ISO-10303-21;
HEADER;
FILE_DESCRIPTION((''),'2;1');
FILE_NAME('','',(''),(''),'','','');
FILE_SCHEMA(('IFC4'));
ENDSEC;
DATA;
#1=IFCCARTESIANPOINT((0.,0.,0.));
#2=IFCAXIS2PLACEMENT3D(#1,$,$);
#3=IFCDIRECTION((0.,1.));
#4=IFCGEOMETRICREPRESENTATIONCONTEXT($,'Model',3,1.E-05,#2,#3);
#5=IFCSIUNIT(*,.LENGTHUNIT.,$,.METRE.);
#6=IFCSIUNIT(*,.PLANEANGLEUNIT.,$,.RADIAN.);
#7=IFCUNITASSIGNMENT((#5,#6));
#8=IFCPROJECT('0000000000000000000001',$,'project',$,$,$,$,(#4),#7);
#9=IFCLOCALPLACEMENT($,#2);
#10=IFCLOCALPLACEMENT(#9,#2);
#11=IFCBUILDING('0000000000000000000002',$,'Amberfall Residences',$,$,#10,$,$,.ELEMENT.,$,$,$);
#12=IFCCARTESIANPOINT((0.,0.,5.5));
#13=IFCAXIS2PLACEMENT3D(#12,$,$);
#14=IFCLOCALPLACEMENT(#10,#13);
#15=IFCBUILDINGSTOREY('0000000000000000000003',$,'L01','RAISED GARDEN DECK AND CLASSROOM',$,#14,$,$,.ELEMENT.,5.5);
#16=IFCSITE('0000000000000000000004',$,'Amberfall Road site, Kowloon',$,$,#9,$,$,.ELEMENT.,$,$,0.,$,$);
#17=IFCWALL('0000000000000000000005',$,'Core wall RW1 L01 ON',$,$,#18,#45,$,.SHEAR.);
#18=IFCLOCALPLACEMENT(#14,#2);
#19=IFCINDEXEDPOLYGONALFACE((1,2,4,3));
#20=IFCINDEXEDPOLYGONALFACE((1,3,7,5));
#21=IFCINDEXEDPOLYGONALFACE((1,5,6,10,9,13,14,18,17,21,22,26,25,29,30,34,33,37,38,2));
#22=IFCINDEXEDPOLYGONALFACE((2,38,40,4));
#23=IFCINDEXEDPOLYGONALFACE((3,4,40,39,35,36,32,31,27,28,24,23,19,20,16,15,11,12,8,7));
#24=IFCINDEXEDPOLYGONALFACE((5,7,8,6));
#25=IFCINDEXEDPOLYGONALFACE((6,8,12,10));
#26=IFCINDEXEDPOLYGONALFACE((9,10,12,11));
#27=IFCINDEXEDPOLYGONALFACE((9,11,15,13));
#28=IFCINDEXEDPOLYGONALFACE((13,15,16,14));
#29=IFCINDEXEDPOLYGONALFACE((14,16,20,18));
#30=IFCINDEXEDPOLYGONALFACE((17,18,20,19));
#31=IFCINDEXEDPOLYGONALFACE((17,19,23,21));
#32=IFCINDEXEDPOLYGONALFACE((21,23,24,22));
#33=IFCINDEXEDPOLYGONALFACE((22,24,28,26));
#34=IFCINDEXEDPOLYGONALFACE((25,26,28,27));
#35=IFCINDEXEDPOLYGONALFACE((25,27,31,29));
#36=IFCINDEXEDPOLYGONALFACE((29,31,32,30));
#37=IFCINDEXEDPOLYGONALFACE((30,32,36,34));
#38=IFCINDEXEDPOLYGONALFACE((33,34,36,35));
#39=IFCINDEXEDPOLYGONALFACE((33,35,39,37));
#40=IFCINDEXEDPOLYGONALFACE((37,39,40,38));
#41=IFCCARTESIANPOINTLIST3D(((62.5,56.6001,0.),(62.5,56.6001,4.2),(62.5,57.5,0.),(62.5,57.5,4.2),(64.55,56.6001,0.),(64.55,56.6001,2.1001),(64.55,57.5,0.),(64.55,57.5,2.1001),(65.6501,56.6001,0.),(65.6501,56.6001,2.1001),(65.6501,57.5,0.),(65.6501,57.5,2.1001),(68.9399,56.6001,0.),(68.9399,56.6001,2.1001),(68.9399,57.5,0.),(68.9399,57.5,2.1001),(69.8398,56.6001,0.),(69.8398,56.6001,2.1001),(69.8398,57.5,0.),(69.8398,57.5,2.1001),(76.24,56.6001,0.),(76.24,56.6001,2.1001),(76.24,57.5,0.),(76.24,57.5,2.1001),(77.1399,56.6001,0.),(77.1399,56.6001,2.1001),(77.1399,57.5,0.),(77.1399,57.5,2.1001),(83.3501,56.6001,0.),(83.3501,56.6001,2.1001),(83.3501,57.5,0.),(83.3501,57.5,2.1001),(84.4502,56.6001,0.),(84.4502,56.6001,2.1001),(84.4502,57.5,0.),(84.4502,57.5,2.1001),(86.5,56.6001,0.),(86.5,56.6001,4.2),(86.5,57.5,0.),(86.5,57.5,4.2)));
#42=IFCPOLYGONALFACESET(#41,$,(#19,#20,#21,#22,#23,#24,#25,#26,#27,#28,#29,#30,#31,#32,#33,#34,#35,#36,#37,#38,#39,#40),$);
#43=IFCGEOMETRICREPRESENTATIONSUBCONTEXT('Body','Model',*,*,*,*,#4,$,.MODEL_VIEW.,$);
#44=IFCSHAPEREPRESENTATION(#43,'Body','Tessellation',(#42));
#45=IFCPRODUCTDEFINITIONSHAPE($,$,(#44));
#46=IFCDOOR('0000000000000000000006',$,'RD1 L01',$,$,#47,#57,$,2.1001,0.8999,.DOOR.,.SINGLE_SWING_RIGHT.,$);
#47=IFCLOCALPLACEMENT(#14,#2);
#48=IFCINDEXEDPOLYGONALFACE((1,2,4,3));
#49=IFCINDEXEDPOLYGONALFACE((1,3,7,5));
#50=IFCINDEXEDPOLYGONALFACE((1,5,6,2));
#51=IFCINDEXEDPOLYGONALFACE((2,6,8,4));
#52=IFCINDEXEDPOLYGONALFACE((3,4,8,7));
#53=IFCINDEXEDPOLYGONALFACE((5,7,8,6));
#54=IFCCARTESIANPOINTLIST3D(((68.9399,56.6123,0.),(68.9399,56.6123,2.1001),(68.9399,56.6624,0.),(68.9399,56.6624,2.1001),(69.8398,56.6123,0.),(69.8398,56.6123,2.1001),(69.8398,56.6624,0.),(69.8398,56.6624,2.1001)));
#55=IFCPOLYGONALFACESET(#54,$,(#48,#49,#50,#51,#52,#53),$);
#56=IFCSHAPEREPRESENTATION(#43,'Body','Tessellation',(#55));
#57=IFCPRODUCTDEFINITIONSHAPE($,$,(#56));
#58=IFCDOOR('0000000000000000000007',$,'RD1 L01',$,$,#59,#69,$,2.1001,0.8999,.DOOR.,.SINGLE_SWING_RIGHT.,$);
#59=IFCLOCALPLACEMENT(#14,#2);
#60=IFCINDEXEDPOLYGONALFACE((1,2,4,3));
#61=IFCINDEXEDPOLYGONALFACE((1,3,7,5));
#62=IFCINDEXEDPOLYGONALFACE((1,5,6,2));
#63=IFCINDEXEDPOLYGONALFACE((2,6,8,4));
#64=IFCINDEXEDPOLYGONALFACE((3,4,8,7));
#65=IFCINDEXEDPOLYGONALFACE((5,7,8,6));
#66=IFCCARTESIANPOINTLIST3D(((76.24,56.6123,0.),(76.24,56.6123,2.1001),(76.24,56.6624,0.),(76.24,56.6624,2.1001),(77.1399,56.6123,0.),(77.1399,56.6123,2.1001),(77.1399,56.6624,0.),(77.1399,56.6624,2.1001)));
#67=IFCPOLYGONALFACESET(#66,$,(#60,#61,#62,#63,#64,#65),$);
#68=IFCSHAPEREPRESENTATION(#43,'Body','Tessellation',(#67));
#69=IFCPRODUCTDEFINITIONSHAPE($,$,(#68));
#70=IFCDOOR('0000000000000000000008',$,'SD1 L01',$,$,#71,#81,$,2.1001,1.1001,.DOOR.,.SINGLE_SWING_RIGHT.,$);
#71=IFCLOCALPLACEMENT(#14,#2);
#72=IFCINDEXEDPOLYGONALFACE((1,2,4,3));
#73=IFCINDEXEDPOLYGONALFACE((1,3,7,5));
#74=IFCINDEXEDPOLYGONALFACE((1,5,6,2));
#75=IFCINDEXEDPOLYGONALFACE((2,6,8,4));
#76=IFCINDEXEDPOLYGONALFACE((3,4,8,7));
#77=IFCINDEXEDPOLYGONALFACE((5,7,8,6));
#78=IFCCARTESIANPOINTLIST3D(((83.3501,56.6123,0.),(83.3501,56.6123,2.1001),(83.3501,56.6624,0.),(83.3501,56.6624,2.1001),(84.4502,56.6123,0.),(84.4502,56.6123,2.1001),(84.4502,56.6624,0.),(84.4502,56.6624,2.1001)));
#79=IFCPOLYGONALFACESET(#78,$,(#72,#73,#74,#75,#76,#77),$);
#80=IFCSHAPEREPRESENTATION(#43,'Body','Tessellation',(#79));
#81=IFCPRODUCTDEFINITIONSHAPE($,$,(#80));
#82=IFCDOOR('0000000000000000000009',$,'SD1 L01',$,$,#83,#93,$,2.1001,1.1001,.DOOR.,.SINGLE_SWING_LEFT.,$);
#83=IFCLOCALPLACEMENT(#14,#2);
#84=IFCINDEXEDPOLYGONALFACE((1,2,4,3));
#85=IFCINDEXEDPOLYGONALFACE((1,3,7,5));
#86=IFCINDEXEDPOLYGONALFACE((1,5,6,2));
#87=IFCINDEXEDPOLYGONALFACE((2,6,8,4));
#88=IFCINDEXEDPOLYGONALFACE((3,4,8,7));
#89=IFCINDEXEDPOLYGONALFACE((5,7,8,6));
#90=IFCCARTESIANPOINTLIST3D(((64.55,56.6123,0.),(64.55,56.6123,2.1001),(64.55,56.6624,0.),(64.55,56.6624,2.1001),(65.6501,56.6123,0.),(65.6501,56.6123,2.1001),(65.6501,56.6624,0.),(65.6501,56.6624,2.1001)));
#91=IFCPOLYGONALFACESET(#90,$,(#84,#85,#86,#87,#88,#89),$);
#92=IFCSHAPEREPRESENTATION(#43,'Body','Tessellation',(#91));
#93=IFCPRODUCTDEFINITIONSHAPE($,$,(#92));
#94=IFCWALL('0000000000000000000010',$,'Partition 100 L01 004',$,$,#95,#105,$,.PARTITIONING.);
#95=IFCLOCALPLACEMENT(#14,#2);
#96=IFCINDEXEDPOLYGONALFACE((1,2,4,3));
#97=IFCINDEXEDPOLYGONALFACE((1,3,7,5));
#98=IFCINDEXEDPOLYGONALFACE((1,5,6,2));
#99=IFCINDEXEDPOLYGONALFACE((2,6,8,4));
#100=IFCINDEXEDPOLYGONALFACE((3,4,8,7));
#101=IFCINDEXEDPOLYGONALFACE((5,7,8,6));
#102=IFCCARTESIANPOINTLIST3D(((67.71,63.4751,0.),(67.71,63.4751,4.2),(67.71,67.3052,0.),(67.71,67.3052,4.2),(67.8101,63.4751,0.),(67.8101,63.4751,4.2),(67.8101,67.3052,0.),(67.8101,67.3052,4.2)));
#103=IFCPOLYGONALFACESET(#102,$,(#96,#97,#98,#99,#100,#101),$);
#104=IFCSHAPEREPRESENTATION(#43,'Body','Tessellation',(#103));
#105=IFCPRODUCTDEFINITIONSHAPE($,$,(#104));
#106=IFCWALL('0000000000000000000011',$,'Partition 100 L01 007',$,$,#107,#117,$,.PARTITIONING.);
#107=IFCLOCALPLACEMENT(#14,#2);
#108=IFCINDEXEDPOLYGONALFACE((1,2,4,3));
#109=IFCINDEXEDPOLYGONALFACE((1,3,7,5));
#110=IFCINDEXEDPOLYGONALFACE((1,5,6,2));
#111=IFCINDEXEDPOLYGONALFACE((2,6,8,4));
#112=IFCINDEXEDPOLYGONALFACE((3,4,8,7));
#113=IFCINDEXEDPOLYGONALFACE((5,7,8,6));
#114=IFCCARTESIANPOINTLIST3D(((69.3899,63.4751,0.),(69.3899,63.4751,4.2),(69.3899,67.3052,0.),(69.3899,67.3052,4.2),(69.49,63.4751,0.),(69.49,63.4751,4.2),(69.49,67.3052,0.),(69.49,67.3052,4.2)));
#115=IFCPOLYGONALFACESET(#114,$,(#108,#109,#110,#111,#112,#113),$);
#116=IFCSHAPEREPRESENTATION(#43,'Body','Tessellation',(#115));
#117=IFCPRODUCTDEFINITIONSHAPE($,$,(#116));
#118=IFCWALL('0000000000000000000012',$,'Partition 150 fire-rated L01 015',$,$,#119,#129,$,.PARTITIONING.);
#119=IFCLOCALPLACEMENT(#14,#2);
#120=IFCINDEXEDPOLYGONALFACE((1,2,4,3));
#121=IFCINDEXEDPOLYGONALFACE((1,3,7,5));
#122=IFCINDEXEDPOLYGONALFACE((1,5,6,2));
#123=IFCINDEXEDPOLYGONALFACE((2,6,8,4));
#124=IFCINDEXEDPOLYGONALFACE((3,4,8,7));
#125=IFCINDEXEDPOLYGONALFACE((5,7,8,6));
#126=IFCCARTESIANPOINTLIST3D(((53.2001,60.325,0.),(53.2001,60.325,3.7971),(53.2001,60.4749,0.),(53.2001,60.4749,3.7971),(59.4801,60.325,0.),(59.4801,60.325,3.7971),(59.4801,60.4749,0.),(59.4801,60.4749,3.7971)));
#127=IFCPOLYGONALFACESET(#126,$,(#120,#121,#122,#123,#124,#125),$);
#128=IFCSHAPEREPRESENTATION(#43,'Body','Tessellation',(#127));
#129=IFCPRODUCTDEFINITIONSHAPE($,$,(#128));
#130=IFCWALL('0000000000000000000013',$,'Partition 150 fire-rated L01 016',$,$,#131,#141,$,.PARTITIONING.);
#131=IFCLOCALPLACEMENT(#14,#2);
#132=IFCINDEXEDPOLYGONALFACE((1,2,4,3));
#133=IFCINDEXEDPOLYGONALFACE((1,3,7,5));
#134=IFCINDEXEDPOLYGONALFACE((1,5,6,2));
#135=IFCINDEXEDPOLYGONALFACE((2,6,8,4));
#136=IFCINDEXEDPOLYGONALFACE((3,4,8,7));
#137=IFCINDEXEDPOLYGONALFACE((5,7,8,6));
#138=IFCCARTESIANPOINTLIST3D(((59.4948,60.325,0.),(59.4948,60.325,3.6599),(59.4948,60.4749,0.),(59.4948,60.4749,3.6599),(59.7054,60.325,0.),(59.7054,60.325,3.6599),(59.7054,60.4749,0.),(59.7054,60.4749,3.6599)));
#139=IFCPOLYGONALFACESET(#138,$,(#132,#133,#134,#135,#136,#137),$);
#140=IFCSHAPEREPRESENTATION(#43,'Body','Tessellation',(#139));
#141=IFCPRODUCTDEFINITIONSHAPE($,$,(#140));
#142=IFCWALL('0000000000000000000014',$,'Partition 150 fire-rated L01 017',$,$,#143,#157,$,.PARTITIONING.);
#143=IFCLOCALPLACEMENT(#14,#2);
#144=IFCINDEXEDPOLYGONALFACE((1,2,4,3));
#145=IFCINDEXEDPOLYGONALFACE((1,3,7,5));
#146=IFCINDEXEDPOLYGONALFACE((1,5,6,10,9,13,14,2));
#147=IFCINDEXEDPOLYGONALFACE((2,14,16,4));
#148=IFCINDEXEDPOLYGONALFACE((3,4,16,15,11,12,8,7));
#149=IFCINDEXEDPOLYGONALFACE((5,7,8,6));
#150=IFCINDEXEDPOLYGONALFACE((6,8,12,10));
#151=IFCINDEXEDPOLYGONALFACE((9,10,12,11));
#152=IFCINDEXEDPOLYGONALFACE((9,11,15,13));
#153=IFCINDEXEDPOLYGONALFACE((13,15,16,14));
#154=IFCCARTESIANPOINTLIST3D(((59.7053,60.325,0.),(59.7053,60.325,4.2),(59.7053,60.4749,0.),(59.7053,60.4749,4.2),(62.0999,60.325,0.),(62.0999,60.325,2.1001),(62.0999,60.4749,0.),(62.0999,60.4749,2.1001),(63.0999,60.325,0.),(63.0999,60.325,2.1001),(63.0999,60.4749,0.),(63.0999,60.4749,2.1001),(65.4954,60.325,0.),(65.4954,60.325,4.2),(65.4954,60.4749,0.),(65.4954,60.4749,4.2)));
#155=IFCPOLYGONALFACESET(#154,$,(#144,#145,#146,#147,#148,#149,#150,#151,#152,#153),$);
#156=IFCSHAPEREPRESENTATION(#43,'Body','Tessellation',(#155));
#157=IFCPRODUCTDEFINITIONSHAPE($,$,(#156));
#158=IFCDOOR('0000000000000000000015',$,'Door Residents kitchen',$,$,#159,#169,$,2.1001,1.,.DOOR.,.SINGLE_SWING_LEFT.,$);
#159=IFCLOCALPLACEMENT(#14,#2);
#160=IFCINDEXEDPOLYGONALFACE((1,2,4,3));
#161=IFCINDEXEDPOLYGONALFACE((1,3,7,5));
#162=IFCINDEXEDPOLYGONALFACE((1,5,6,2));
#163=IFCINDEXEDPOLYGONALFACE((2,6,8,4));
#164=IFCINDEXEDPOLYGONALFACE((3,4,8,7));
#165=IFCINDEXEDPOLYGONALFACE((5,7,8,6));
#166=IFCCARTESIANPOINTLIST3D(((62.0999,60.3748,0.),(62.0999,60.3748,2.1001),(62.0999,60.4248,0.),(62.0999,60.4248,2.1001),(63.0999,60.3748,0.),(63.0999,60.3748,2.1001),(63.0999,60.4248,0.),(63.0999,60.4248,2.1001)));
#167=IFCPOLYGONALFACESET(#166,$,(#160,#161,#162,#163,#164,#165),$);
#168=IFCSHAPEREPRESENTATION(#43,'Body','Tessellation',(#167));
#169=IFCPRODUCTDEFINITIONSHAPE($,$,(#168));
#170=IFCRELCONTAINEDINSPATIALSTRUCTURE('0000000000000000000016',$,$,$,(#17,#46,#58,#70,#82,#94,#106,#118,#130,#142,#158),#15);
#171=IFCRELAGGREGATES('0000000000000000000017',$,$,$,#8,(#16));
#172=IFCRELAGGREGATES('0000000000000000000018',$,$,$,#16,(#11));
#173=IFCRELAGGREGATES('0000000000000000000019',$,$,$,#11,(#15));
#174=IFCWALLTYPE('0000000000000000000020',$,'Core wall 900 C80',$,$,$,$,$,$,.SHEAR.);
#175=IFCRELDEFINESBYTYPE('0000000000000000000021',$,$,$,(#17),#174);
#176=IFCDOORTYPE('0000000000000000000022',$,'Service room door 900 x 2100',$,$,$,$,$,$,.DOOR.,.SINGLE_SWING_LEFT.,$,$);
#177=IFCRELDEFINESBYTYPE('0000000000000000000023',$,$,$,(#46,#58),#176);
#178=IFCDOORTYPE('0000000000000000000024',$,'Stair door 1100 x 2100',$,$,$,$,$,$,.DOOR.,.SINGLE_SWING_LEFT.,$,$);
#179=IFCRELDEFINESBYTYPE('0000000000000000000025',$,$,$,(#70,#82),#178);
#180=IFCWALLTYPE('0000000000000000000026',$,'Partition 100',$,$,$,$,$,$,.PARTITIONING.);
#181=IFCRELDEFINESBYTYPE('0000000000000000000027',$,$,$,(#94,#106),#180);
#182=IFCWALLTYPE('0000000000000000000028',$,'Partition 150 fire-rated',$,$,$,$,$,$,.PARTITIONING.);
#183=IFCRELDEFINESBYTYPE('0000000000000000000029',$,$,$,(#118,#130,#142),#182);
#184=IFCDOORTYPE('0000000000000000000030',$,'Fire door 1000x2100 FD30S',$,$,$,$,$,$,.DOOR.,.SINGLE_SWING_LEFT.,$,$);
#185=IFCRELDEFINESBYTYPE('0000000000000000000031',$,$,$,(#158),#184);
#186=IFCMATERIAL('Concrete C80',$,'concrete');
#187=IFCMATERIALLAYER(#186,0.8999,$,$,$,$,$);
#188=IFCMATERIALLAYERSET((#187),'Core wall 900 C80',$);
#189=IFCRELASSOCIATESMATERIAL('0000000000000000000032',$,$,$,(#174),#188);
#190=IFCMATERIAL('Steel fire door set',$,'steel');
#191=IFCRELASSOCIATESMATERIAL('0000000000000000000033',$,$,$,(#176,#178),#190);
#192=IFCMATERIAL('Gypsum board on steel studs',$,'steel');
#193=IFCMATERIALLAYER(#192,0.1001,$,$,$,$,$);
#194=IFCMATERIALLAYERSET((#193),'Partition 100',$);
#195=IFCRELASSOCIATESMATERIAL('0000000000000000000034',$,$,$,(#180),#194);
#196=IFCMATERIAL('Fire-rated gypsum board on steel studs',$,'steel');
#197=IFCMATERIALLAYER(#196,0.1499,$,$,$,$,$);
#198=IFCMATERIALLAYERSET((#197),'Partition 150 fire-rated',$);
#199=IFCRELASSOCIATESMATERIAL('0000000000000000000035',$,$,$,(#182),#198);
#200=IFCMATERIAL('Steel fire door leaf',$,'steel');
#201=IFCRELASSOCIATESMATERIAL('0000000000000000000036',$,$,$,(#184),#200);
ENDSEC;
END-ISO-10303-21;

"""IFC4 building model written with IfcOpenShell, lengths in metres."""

from ifc_helpers import new_model, si_unit, direction, frame, frame_2d, origin, place, context, subcontext, project, spatial, rectangle, extrude, material, layer, layer_set, type_object, element, fill, save


model = new_model("IFC4")

# Units and contexts
model_context = context("Model", 3, precision=1e-05, world=origin(), true_north=direction((0.0, 1.0)))
body_context = subcontext(model_context, "Body", "Model", "MODEL_VIEW")
ifc_project = project(units=[si_unit("LENGTHUNIT", "METRE"), si_unit("PLANEANGLEUNIT", "RADIAN")], contexts=[model_context])

# Site, building, storey
site_placement = place(None, origin())
site = spatial("IfcSite", under=ifc_project, at=site_placement, Name="Amberfall Road site, Kowloon", CompositionType="ELEMENT", RefElevation=0.0)
building_placement = place(site_placement, origin())
building = spatial("IfcBuilding", under=site, at=building_placement, Name="Amberfall Residences", CompositionType="ELEMENT")
storey_placement = place(building_placement, frame((0.0, 0.0, 5.5)))
storey = spatial("IfcBuildingStorey", under=building, at=storey_placement, Name="L01", Description="RAISED GARDEN DECK AND CLASSROOM", CompositionType="ELEMENT", Elevation=5.5)

# Shared definitions
ifc_material_1 = material(Name="Concrete C80", Category="concrete")

# Wall, openings, doors
ifc_layer_1 = layer(ifc_material_1, 0.8999)
ifc_layer_set_1 = layer_set([ifc_layer_1], Name="Core wall 900 C80")
wall_type_1 = type_object("IfcWallType", Name="Core wall 900 C80", PredefinedType="SHEAR", material=ifc_layer_set_1)
wall_1_placement = place(storey_placement, frame((62.5, 57.05, 0.0), z_axis=(0.0, 0.0, 1.0), x_axis=(1.0, 0.0, 0.0)))
wall_1 = element("IfcWall", 1, at=wall_1_placement, inside=storey, type_object=wall_type_1, Name="Core wall RW1 L01 ON", PredefinedType="SHEAR", context=body_context, shape_type="SweptSolid", body=[
    extrude(rectangle(XDim=24.0, YDim=0.8999, at=frame_2d((12.0, 0.0))), origin(), (0.0, 0.0, 1.0), 4.2),
])
opening_1_placement = place(wall_1_placement, frame((20.8501, 0.0, 0.0)))
opening_1 = element("IfcOpeningElement", 2, at=opening_1_placement, cuts=wall_1, PredefinedType="OPENING", context=body_context, shape_type="SweptSolid", body=[
    extrude(rectangle(XDim=1.1001, YDim=2.1001, at=frame_2d((0.55, 1.05))), frame((0.0, 0.46, 0.0), z_axis=(0.0, -1.0, 0.0), x_axis=(1.0, 0.0, 0.0)), (0.0, 0.0, 1.0), 0.9199),
])
opening_2_placement = place(wall_1_placement, frame((2.05, 0.0, 0.0)))
opening_2 = element("IfcOpeningElement", 3, at=opening_2_placement, cuts=wall_1, PredefinedType="OPENING", context=body_context, shape_type="SweptSolid", body=[
    extrude(rectangle(XDim=1.1001, YDim=2.1001, at=frame_2d((0.55, 1.05))), frame((0.0, 0.46, 0.0), z_axis=(0.0, -1.0, 0.0), x_axis=(1.0, 0.0, 0.0)), (0.0, 0.0, 1.0), 0.9199),
])
opening_3_placement = place(wall_1_placement, frame((6.4399, 0.0, 0.0)))
opening_3 = element("IfcOpeningElement", 4, at=opening_3_placement, cuts=wall_1, PredefinedType="OPENING", context=body_context, shape_type="SweptSolid", body=[
    extrude(rectangle(XDim=0.8999, YDim=2.1001, at=frame_2d((0.45, 1.05))), frame((0.0, 0.46, 0.0), z_axis=(0.0, -1.0, 0.0), x_axis=(1.0, 0.0, 0.0)), (0.0, 0.0, 1.0), 0.9199),
])
opening_4_placement = place(wall_1_placement, frame((13.74, 0.0, 0.0)))
opening_4 = element("IfcOpeningElement", 5, at=opening_4_placement, cuts=wall_1, PredefinedType="OPENING", context=body_context, shape_type="SweptSolid", body=[
    extrude(rectangle(XDim=0.8999, YDim=2.1001, at=frame_2d((0.45, 1.05))), frame((0.0, 0.46, 0.0), z_axis=(0.0, -1.0, 0.0), x_axis=(1.0, 0.0, 0.0)), (0.0, 0.0, 1.0), 0.9199),
])
ifc_material_2 = material(Name="Steel fire door set", Category="steel")
door_type_1 = type_object("IfcDoorType", Name="Service room door 900 x 2100", OperationType="SINGLE_SWING_LEFT", PredefinedType="DOOR", material=ifc_material_2)
door_1_placement = place(opening_3_placement, origin())
door_1 = element("IfcDoor", 6, at=door_1_placement, inside=storey, type_object=door_type_1, Name="RD1 L01", OperationType="SINGLE_SWING_RIGHT", OverallHeight=2.1001, OverallWidth=0.8999, PredefinedType="DOOR", context=body_context, shape_type="SweptSolid", body=[
    extrude(rectangle(XDim=0.8999, YDim=2.1001, at=frame_2d((0.45, 1.05))), frame((0.0, -0.3877, 0.0), z_axis=(0.0, -1.0, 0.0), x_axis=(1.0, 0.0, 0.0)), (0.0, 0.0, 1.0), 0.05),
])
fill(opening_3, door_1)
door_2_placement = place(opening_4_placement, origin())
door_2 = element("IfcDoor", 7, at=door_2_placement, inside=storey, type_object=door_type_1, Name="RD1 L01", OperationType="SINGLE_SWING_RIGHT", OverallHeight=2.1001, OverallWidth=0.8999, PredefinedType="DOOR", context=body_context, shape_type="SweptSolid", body=[
    extrude(rectangle(XDim=0.8999, YDim=2.1001, at=frame_2d((0.45, 1.05))), frame((0.0, -0.3877, 0.0), z_axis=(0.0, -1.0, 0.0), x_axis=(1.0, 0.0, 0.0)), (0.0, 0.0, 1.0), 0.05),
])
fill(opening_4, door_2)
door_type_2 = type_object("IfcDoorType", Name="Stair door 1100 x 2100", OperationType="SINGLE_SWING_LEFT", PredefinedType="DOOR", material=ifc_material_2)
door_3_placement = place(opening_1_placement, origin())
door_3 = element("IfcDoor", 8, at=door_3_placement, inside=storey, type_object=door_type_2, Name="SD1 L01", OperationType="SINGLE_SWING_RIGHT", OverallHeight=2.1001, OverallWidth=1.1001, PredefinedType="DOOR", context=body_context, shape_type="SweptSolid", body=[
    extrude(rectangle(XDim=1.1001, YDim=2.1001, at=frame_2d((0.55, 1.05))), frame((0.0, -0.3877, 0.0), z_axis=(0.0, -1.0, 0.0), x_axis=(1.0, 0.0, 0.0)), (0.0, 0.0, 1.0), 0.05),
])
fill(opening_1, door_3)
door_4_placement = place(opening_2_placement, origin())
door_4 = element("IfcDoor", 9, at=door_4_placement, inside=storey, type_object=door_type_2, Name="SD1 L01", OperationType="SINGLE_SWING_LEFT", OverallHeight=2.1001, OverallWidth=1.1001, PredefinedType="DOOR", context=body_context, shape_type="SweptSolid", body=[
    extrude(rectangle(XDim=1.1001, YDim=2.1001, at=frame_2d((0.55, 1.05))), frame((0.0, -0.3877, 0.0), z_axis=(0.0, -1.0, 0.0), x_axis=(1.0, 0.0, 0.0)), (0.0, 0.0, 1.0), 0.05),
])
fill(opening_2, door_4)

# Walls
ifc_material_3 = material(Name="Gypsum board on steel studs", Category="steel")
ifc_layer_2 = layer(ifc_material_3, 0.1001)
ifc_layer_set_2 = layer_set([ifc_layer_2], Name="Partition 100")
wall_type_2 = type_object("IfcWallType", Name="Partition 100", PredefinedType="PARTITIONING", material=ifc_layer_set_2)
for number, where, z_axis, x_axis, name in (
    (10, (67.76, 63.4751, 0.0), (0.0, 0.0, 1.0), (0.0, 1.0, 0.0), "Partition 100 L01 004"),
    (11, (69.4399, 63.4751, 0.0), (0.0, 0.0, 1.0), (0.0, 1.0, 0.0), "Partition 100 L01 007"),
):
    element("IfcWall", number, at=place(storey_placement, frame(where, z_axis=z_axis, x_axis=x_axis)), inside=storey, type_object=wall_type_2, Name=name, PredefinedType="PARTITIONING", context=body_context, shape_type="SweptSolid", body=[
        extrude(rectangle(XDim=3.8301, YDim=0.1001, at=frame_2d((1.915, 0.0))), origin(), (0.0, 0.0, 1.0), 4.2),
    ])
ifc_material_4 = material(Name="Fire-rated gypsum board on steel studs", Category="steel")
ifc_layer_3 = layer(ifc_material_4, 0.1499)
ifc_layer_set_3 = layer_set([ifc_layer_3], Name="Partition 150 fire-rated")
wall_type_3 = type_object("IfcWallType", Name="Partition 150 fire-rated", PredefinedType="PARTITIONING", material=ifc_layer_set_3)
wall_2_placement = place(storey_placement, frame((53.2, 60.3999, 0.0), z_axis=(0.0, 0.0, 1.0), x_axis=(1.0, 0.0, 0.0)))
element("IfcWall", 12, at=wall_2_placement, inside=storey, type_object=wall_type_3, Name="Partition 150 fire-rated L01 015", PredefinedType="PARTITIONING", context=body_context, shape_type="SweptSolid", body=[
    extrude(rectangle(XDim=6.28, YDim=0.1499, at=frame_2d((3.1401, 0.0))), origin(), (0.0, 0.0, 1.0), 3.7971),
])
wall_3_placement = place(storey_placement, frame((59.4946, 60.3999, 0.0), z_axis=(0.0, 0.0, 1.0), x_axis=(1.0, 0.0, 0.0)))
element("IfcWall", 13, at=wall_3_placement, inside=storey, type_object=wall_type_3, Name="Partition 150 fire-rated L01 016", PredefinedType="PARTITIONING", context=body_context, shape_type="SweptSolid", body=[
    extrude(rectangle(XDim=0.2107, YDim=0.1499, at=frame_2d((0.1055, 0.0))), origin(), (0.0, 0.0, 1.0), 3.6599),
])

# Wall, opening, door
wall_4_placement = place(storey_placement, frame((59.7053, 60.3999, 0.0), z_axis=(0.0, 0.0, 1.0), x_axis=(1.0, 0.0, 0.0)))
wall_4 = element("IfcWall", 14, at=wall_4_placement, inside=storey, type_object=wall_type_3, Name="Partition 150 fire-rated L01 017", PredefinedType="PARTITIONING", context=body_context, shape_type="SweptSolid", body=[
    extrude(rectangle(XDim=5.79, YDim=0.1499, at=frame_2d((2.895, 0.0))), origin(), (0.0, 0.0, 1.0), 4.2),
])
opening_5_placement = place(wall_4_placement, frame((2.3945, 0.0, 0.0)))
opening_5 = element("IfcOpeningElement", 15, at=opening_5_placement, cuts=wall_4, PredefinedType="OPENING", context=body_context, shape_type="SweptSolid", body=[
    extrude(rectangle(XDim=1.0, YDim=2.1001, at=frame_2d((0.5, 1.05))), frame((0.0, 0.085, 0.0), z_axis=(0.0, -1.0, 0.0), x_axis=(1.0, 0.0, 0.0)), (0.0, 0.0, 1.0), 0.1699),
])
ifc_material_5 = material(Name="Steel fire door leaf", Category="steel")
door_type_3 = type_object("IfcDoorType", Name="Fire door 1000x2100 FD30S", OperationType="SINGLE_SWING_LEFT", PredefinedType="DOOR", material=ifc_material_5)
door_5_placement = place(opening_5_placement, origin())
door_5 = element("IfcDoor", 16, at=door_5_placement, inside=storey, type_object=door_type_3, Name="Door Residents kitchen", OperationType="SINGLE_SWING_LEFT", OverallHeight=2.1001, OverallWidth=1.0, PredefinedType="DOOR", context=body_context, shape_type="SweptSolid", body=[
    extrude(rectangle(XDim=1.0, YDim=2.1001, at=frame_2d((0.5, 1.05))), frame((0.0, 0.0249, 0.0), z_axis=(0.0, -1.0, 0.0), x_axis=(1.0, 0.0, 0.0)), (0.0, 0.0, 1.0), 0.05),
])
fill(opening_5, door_5)

save(model, "model.ifc")
